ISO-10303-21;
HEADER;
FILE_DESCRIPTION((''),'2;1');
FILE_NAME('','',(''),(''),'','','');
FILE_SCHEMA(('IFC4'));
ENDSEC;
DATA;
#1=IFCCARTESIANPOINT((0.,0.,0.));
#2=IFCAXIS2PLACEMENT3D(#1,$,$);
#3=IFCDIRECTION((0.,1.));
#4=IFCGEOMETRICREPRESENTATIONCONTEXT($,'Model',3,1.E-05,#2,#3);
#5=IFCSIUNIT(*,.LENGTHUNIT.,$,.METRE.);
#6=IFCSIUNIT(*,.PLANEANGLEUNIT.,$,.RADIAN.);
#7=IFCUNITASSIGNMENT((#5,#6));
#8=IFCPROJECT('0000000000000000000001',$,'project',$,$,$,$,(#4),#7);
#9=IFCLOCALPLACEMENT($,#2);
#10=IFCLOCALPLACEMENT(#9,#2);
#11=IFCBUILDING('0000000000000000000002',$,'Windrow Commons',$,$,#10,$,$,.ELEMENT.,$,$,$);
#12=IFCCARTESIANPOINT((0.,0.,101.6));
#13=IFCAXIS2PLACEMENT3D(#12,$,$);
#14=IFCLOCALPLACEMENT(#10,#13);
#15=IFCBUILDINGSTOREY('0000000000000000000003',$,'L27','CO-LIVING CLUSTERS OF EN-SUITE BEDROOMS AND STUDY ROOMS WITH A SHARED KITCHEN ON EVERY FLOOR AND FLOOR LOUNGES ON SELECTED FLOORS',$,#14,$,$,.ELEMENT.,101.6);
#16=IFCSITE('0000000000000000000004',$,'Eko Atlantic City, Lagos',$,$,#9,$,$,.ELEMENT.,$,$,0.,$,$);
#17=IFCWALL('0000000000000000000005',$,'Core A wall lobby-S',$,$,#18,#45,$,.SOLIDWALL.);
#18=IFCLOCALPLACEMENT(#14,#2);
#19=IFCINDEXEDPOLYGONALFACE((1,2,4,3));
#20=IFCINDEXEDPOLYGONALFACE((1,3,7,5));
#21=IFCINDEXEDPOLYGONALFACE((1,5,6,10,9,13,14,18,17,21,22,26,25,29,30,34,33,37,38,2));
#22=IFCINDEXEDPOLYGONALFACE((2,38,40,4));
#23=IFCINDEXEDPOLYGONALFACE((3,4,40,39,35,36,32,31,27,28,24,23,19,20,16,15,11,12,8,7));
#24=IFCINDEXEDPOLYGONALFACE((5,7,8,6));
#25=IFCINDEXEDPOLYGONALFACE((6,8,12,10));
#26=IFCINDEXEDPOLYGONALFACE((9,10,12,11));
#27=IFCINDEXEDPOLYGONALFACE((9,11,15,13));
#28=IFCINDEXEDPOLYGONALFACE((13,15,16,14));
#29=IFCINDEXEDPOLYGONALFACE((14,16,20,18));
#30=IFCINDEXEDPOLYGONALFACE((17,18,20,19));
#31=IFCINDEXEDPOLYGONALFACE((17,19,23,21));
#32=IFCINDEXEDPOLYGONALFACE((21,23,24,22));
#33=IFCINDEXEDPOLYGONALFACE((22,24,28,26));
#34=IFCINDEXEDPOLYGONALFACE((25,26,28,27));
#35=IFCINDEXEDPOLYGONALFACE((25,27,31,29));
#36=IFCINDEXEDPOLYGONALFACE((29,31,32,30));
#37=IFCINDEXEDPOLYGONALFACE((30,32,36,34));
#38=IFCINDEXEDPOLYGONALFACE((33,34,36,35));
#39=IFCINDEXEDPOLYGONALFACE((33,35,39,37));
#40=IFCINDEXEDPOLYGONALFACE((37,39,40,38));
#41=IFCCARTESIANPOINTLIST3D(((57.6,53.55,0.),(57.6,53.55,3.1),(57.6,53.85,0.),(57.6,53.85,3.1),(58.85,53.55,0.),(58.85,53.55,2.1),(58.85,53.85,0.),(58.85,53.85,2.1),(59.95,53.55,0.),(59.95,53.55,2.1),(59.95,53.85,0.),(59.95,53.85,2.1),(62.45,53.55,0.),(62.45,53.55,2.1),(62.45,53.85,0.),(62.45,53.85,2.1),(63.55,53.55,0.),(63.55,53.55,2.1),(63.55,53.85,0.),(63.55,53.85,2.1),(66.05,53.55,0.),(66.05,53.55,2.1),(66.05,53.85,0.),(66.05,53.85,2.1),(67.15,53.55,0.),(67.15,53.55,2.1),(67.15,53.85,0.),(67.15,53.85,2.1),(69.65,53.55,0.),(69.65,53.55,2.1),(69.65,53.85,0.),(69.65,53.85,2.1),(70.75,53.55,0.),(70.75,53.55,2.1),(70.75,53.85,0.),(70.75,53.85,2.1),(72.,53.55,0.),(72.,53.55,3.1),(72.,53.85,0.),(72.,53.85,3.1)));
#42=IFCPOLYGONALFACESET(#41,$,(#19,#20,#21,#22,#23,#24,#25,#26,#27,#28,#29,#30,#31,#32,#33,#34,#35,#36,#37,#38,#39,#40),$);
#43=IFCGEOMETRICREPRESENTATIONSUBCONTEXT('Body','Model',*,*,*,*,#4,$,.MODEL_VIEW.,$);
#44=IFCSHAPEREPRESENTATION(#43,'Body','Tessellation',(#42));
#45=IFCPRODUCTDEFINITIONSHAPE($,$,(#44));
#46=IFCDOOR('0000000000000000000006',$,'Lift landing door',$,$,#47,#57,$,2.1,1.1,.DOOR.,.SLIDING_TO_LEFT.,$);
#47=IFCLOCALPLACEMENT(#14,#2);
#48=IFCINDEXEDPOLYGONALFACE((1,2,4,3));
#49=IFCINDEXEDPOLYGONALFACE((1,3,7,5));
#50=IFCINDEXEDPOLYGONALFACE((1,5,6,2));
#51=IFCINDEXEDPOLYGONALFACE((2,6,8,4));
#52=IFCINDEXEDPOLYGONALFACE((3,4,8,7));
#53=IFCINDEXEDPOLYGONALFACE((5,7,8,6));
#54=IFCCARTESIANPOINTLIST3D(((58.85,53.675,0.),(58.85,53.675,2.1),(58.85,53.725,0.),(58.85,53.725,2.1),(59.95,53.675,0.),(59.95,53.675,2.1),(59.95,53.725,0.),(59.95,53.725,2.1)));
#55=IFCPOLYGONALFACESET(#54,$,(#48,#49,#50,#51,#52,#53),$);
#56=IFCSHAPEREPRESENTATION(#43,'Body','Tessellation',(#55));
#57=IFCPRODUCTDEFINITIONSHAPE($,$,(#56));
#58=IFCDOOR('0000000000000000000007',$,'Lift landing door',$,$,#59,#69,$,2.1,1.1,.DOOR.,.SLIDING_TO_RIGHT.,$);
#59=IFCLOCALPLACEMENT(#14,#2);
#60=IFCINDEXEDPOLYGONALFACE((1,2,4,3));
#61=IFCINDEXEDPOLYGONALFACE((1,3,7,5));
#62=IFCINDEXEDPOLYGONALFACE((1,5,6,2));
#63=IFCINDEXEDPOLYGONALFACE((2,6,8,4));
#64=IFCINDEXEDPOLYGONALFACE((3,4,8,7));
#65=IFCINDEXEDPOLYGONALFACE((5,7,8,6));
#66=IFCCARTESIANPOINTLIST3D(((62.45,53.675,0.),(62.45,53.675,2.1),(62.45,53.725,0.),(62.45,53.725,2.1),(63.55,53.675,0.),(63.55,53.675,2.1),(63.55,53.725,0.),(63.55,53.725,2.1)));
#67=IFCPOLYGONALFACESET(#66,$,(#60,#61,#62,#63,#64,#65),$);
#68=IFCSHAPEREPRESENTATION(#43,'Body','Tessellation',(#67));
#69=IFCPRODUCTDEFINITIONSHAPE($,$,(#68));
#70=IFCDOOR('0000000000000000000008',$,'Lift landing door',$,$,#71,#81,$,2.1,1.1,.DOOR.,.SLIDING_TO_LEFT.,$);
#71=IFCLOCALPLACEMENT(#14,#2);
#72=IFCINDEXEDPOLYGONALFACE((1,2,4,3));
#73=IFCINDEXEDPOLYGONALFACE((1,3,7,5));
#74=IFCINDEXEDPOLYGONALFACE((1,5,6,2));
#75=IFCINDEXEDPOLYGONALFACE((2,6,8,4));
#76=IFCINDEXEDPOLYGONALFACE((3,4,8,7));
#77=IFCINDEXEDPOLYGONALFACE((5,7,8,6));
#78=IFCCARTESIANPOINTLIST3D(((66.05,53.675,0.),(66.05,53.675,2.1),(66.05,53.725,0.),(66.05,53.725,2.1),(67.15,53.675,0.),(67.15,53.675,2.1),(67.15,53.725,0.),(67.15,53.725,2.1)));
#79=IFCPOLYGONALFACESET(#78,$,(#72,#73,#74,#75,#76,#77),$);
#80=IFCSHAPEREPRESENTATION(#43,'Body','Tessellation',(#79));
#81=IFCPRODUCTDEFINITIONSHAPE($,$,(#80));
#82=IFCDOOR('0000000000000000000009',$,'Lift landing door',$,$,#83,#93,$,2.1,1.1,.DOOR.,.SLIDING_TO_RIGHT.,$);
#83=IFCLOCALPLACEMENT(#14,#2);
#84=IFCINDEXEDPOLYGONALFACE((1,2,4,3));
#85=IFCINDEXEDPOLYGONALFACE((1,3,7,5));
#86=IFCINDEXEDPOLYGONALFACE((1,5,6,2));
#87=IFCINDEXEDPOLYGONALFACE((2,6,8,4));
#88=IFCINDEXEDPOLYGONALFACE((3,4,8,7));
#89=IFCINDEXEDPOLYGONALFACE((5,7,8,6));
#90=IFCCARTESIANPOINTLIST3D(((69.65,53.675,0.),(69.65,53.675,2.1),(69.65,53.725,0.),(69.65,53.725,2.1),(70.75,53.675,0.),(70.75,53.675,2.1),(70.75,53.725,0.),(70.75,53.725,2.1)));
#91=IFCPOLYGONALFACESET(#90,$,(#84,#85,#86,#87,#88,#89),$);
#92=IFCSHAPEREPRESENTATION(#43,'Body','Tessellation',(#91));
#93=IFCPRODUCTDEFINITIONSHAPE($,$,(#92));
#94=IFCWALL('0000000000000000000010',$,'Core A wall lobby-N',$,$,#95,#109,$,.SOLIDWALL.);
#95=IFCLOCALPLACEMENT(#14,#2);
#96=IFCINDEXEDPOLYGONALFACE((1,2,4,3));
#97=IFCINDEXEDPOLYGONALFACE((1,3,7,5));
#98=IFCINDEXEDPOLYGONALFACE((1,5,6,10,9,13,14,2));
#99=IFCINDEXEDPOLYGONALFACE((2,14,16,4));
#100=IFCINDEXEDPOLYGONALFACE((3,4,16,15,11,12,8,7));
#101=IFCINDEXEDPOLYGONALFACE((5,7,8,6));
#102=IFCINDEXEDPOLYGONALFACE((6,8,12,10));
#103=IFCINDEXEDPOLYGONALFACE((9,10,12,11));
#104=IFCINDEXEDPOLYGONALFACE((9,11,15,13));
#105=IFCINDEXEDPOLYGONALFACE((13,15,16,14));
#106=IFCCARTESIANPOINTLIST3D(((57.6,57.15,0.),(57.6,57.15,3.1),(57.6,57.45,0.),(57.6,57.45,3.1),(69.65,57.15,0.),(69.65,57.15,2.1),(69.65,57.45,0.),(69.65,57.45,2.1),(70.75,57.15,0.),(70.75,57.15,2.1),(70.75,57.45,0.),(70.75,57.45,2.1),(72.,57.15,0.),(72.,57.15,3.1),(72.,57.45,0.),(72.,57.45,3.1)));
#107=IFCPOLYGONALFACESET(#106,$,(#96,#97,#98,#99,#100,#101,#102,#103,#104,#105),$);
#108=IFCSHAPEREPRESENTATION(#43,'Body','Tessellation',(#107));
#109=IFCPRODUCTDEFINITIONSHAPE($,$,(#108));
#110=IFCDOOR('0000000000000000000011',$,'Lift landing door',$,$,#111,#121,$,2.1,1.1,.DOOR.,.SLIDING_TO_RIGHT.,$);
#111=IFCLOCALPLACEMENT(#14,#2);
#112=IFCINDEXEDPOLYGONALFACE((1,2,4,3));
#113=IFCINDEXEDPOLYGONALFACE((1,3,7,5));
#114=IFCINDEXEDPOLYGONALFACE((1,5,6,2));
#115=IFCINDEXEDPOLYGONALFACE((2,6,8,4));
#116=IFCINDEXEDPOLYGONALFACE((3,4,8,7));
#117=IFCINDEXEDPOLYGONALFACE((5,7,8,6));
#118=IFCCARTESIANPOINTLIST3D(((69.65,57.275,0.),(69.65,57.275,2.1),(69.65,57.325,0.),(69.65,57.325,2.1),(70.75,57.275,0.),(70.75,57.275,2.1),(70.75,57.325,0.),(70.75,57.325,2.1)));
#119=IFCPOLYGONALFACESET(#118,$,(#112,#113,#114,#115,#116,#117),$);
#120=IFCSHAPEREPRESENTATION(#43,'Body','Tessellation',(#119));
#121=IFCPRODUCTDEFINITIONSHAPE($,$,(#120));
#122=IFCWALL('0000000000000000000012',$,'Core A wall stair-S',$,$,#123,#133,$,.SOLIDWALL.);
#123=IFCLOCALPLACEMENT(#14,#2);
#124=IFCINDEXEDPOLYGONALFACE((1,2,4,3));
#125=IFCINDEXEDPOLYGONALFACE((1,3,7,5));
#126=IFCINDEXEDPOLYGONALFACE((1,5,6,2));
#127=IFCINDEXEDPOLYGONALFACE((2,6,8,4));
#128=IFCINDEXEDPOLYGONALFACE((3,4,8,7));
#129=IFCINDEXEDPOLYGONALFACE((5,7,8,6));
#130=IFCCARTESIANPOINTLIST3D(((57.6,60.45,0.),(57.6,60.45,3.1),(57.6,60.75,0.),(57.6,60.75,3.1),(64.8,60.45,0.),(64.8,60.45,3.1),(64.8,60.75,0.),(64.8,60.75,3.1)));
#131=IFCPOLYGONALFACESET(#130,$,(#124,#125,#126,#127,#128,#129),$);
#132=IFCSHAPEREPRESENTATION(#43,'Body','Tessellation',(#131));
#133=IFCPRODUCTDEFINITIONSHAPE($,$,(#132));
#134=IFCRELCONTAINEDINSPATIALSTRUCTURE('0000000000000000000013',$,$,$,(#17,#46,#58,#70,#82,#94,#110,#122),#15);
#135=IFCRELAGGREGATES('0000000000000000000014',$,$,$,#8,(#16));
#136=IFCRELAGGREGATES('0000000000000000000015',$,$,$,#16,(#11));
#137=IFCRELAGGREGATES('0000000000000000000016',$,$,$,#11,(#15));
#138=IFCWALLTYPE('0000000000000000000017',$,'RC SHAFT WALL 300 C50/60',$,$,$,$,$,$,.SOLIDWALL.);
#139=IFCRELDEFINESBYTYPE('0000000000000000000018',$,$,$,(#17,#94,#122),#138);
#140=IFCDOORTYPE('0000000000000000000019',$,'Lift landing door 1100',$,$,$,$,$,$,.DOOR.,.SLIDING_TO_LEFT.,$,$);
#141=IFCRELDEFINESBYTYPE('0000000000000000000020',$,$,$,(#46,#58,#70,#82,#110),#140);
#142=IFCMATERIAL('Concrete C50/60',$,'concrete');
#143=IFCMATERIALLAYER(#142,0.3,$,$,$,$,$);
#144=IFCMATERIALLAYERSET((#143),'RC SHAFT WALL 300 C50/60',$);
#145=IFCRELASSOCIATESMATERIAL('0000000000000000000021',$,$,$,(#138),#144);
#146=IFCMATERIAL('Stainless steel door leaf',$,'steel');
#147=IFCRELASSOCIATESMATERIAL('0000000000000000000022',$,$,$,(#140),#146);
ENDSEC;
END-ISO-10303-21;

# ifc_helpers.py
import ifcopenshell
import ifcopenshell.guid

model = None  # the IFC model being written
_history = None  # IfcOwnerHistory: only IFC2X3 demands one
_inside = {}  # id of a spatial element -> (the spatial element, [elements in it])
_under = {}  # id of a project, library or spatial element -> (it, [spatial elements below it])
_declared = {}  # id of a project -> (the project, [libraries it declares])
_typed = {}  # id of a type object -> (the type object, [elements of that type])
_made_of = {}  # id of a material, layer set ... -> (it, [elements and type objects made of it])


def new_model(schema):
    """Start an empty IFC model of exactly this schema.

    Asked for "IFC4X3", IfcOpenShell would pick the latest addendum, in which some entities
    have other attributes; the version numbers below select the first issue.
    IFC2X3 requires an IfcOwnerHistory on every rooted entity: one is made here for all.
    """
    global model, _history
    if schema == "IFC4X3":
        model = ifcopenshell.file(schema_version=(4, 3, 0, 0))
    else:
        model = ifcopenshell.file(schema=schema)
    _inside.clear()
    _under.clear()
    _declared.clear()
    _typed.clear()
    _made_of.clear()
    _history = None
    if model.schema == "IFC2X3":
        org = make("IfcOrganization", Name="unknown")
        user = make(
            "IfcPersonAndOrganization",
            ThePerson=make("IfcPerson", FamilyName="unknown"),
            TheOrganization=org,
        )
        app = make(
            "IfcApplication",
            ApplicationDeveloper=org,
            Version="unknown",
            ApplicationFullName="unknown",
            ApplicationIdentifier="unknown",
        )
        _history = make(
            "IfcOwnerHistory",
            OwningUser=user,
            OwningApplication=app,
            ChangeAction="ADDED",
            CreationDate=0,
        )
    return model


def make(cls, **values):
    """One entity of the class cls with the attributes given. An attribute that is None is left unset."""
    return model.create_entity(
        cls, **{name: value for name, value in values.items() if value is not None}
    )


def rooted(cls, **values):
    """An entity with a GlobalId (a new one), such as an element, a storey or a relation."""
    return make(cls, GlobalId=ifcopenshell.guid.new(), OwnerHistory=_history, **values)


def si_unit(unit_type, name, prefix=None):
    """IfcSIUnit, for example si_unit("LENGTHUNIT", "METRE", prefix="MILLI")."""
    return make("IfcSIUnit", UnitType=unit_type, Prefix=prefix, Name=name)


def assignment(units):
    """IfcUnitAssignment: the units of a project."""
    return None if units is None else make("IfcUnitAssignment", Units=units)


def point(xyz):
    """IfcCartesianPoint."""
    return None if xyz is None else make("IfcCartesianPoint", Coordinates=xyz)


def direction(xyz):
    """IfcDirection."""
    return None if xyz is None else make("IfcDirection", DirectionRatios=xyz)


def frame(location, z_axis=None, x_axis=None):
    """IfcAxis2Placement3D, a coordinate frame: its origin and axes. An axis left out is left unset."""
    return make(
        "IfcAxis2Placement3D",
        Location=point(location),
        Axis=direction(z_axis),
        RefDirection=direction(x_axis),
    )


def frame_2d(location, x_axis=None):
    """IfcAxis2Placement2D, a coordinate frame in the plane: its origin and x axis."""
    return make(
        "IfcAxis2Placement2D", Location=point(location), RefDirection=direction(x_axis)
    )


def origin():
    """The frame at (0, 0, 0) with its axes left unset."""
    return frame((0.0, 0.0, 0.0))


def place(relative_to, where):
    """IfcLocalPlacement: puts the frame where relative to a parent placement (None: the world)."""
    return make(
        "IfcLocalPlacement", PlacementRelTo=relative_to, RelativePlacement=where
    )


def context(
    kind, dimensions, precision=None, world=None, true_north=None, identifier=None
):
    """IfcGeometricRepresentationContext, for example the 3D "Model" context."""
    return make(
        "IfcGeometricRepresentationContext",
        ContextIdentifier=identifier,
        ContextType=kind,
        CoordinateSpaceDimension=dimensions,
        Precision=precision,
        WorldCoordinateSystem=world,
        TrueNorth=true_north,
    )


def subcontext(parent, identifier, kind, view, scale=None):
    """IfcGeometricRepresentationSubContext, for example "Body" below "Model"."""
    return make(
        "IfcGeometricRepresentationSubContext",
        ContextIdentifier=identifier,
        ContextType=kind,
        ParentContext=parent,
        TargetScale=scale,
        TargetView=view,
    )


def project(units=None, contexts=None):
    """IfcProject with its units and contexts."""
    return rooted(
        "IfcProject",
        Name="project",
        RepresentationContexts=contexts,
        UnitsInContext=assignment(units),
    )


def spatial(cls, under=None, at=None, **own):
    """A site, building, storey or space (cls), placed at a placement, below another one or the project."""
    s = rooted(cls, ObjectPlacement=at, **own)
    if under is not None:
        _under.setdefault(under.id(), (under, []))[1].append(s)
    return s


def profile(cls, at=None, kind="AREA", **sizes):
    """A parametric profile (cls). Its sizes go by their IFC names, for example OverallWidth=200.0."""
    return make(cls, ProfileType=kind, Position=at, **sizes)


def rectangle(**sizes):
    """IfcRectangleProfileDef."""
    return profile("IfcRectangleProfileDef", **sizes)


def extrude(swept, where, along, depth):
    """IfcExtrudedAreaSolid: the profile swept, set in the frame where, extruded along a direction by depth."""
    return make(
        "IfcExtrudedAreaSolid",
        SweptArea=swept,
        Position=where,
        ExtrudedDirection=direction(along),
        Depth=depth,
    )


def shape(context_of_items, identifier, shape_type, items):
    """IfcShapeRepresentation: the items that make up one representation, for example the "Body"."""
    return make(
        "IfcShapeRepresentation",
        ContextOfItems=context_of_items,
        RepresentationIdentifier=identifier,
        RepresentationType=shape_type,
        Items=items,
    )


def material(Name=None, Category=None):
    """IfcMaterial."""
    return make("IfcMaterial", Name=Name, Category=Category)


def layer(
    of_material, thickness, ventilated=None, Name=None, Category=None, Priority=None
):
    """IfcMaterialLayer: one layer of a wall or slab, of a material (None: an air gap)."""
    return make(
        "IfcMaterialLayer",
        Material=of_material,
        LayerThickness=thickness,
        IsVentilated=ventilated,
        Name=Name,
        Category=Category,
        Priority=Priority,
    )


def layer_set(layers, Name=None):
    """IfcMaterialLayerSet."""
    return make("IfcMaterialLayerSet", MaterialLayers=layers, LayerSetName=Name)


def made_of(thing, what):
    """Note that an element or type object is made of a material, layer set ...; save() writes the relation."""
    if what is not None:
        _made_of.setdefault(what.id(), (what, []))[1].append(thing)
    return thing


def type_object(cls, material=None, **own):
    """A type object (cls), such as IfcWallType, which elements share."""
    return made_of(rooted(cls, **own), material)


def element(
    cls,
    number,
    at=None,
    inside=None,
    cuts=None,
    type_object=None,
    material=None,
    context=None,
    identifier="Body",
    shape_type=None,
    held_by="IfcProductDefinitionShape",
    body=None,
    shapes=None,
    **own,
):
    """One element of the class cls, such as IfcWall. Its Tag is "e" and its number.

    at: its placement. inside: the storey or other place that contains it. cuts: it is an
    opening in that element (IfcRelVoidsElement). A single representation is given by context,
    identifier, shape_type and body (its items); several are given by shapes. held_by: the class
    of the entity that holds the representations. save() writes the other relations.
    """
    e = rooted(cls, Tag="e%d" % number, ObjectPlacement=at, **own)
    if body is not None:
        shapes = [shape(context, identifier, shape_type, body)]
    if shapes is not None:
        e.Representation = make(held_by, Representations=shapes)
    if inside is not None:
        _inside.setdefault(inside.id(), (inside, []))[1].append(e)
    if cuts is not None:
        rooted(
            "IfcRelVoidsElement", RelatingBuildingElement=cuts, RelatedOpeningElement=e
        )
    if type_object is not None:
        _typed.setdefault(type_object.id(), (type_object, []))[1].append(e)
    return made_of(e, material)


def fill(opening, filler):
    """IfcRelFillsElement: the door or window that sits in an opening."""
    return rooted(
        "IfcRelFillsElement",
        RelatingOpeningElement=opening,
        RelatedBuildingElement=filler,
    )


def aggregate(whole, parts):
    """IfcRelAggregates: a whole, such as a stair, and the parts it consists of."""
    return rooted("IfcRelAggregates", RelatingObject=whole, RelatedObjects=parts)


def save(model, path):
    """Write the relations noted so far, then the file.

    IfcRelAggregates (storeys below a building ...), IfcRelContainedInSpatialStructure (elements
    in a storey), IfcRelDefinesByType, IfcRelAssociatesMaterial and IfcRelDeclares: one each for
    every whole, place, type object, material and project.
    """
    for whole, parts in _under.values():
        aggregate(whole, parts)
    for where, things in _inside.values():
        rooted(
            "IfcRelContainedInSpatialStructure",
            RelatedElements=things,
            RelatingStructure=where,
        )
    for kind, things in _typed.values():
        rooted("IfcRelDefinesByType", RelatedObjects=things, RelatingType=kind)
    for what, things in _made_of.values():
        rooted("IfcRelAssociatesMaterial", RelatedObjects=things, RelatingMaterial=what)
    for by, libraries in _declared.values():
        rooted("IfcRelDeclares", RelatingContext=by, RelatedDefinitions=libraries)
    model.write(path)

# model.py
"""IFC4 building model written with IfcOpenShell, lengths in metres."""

from ifc_helpers import new_model, si_unit, direction, frame, frame_2d, origin, place, context, subcontext, project, spatial, rectangle, extrude, material, layer, layer_set, type_object, element, fill, save


model = new_model("IFC4")

# Units and contexts
model_context = context("Model", 3, precision=1e-05, world=origin(), true_north=direction((0.0, 1.0)))
body_context = subcontext(model_context, "Body", "Model", "MODEL_VIEW")
ifc_project = project(units=[si_unit("LENGTHUNIT", "METRE"), si_unit("PLANEANGLEUNIT", "RADIAN")], contexts=[model_context])

# Site, building, storey
site_placement = place(None, origin())
site = spatial("IfcSite", under=ifc_project, at=site_placement, Name="Eko Atlantic City, Lagos", CompositionType="ELEMENT", RefElevation=0.0)
building_placement = place(site_placement, origin())
building = spatial("IfcBuilding", under=site, at=building_placement, Name="Windrow Commons", CompositionType="ELEMENT")
storey_placement = place(building_placement, frame((0.0, 0.0, 101.6)))
storey = spatial("IfcBuildingStorey", under=building, at=storey_placement, Name="L27", Description="CO-LIVING CLUSTERS OF EN-SUITE BEDROOMS AND STUDY ROOMS WITH A SHARED KITCHEN ON EVERY FLOOR AND FLOOR LOUNGES ON SELECTED FLOORS", CompositionType="ELEMENT", Elevation=101.6)

# Wall, openings, doors
ifc_material_1 = material(Name="Concrete C50/60", Category="concrete")
ifc_layer_1 = layer(ifc_material_1, 0.3)
ifc_layer_set_1 = layer_set([ifc_layer_1], Name="RC SHAFT WALL 300 C50/60")
wall_type_1 = type_object("IfcWallType", Name="RC SHAFT WALL 300 C50/60", PredefinedType="SOLIDWALL", material=ifc_layer_set_1)
wall_1_placement = place(storey_placement, frame((57.6, 53.7, 0.0), z_axis=(0.0, 0.0, 1.0), x_axis=(1.0, 0.0, 0.0)))
wall_1 = element("IfcWall", 1, at=wall_1_placement, inside=storey, type_object=wall_type_1, Name="Core A wall lobby-S", PredefinedType="SOLIDWALL", context=body_context, shape_type="SweptSolid", body=[
    extrude(rectangle(XDim=14.4, YDim=0.3, at=frame_2d((7.2, 0.0))), origin(), (0.0, 0.0, 1.0), 3.1),
])
opening_1_placement = place(wall_1_placement, frame((1.25, 0.0, 0.0)))
opening_1 = element("IfcOpeningElement", 2, at=opening_1_placement, cuts=wall_1, PredefinedType="OPENING", context=body_context, shape_type="SweptSolid", body=[
    extrude(rectangle(XDim=1.1, YDim=2.1, at=frame_2d((0.55, 1.05))), frame((0.0, 0.16, 0.0), z_axis=(0.0, -1.0, 0.0), x_axis=(1.0, 0.0, 0.0)), (0.0, 0.0, 1.0), 0.32),
])
opening_2_placement = place(wall_1_placement, frame((4.85, 0.0, 0.0)))
opening_2 = element("IfcOpeningElement", 3, at=opening_2_placement, cuts=wall_1, PredefinedType="OPENING", context=body_context, shape_type="SweptSolid", body=[
    extrude(rectangle(XDim=1.1, YDim=2.1, at=frame_2d((0.55, 1.05))), frame((0.0, 0.16, 0.0), z_axis=(0.0, -1.0, 0.0), x_axis=(1.0, 0.0, 0.0)), (0.0, 0.0, 1.0), 0.32),
])
opening_3_placement = place(wall_1_placement, frame((8.45, 0.0, 0.0)))
opening_3 = element("IfcOpeningElement", 4, at=opening_3_placement, cuts=wall_1, PredefinedType="OPENING", context=body_context, shape_type="SweptSolid", body=[
    extrude(rectangle(XDim=1.1, YDim=2.1, at=frame_2d((0.55, 1.05))), frame((0.0, 0.16, 0.0), z_axis=(0.0, -1.0, 0.0), x_axis=(1.0, 0.0, 0.0)), (0.0, 0.0, 1.0), 0.32),
])
opening_4_placement = place(wall_1_placement, frame((12.05, 0.0, 0.0)))
opening_4 = element("IfcOpeningElement", 5, at=opening_4_placement, cuts=wall_1, PredefinedType="OPENING", context=body_context, shape_type="SweptSolid", body=[
    extrude(rectangle(XDim=1.1, YDim=2.1, at=frame_2d((0.55, 1.05))), frame((0.0, 0.16, 0.0), z_axis=(0.0, -1.0, 0.0), x_axis=(1.0, 0.0, 0.0)), (0.0, 0.0, 1.0), 0.32),
])
ifc_material_2 = material(Name="Stainless steel door leaf", Category="steel")
door_type_1 = type_object("IfcDoorType", Name="Lift landing door 1100", OperationType="SLIDING_TO_LEFT", PredefinedType="DOOR", material=ifc_material_2)
door_1_placement = place(opening_1_placement, origin())
door_1 = element("IfcDoor", 6, at=door_1_placement, inside=storey, type_object=door_type_1, Name="Lift landing door", OperationType="SLIDING_TO_LEFT", OverallHeight=2.1, OverallWidth=1.1, PredefinedType="DOOR", context=body_context, shape_type="SweptSolid", body=[
    extrude(rectangle(XDim=1.1, YDim=2.1, at=frame_2d((0.55, 1.05))), frame((0.0, 0.025, 0.0), z_axis=(0.0, -1.0, 0.0), x_axis=(1.0, 0.0, 0.0)), (0.0, 0.0, 1.0), 0.05),
])
fill(opening_1, door_1)
door_2_placement = place(opening_2_placement, origin())
door_2 = element("IfcDoor", 7, at=door_2_placement, inside=storey, type_object=door_type_1, Name="Lift landing door", OperationType="SLIDING_TO_RIGHT", OverallHeight=2.1, OverallWidth=1.1, PredefinedType="DOOR", context=body_context, shape_type="SweptSolid", body=[
    extrude(rectangle(XDim=1.1, YDim=2.1, at=frame_2d((0.55, 1.05))), frame((0.0, 0.025, 0.0), z_axis=(0.0, -1.0, 0.0), x_axis=(1.0, 0.0, 0.0)), (0.0, 0.0, 1.0), 0.05),
])
fill(opening_2, door_2)
door_3_placement = place(opening_3_placement, origin())
door_3 = element("IfcDoor", 8, at=door_3_placement, inside=storey, type_object=door_type_1, Name="Lift landing door", OperationType="SLIDING_TO_LEFT", OverallHeight=2.1, OverallWidth=1.1, PredefinedType="DOOR", context=body_context, shape_type="SweptSolid", body=[
    extrude(rectangle(XDim=1.1, YDim=2.1, at=frame_2d((0.55, 1.05))), frame((0.0, 0.025, 0.0), z_axis=(0.0, -1.0, 0.0), x_axis=(1.0, 0.0, 0.0)), (0.0, 0.0, 1.0), 0.05),
])
fill(opening_3, door_3)
door_4_placement = place(opening_4_placement, origin())
door_4 = element("IfcDoor", 9, at=door_4_placement, inside=storey, type_object=door_type_1, Name="Lift landing door", OperationType="SLIDING_TO_RIGHT", OverallHeight=2.1, OverallWidth=1.1, PredefinedType="DOOR", context=body_context, shape_type="SweptSolid", body=[
    extrude(rectangle(XDim=1.1, YDim=2.1, at=frame_2d((0.55, 1.05))), frame((0.0, 0.025, 0.0), z_axis=(0.0, -1.0, 0.0), x_axis=(1.0, 0.0, 0.0)), (0.0, 0.0, 1.0), 0.05),
])
fill(opening_4, door_4)

# Wall, opening, door
wall_2_placement = place(storey_placement, frame((57.6, 57.3, 0.0), z_axis=(0.0, 0.0, 1.0), x_axis=(1.0, 0.0, 0.0)))
wall_2 = element("IfcWall", 10, at=wall_2_placement, inside=storey, type_object=wall_type_1, Name="Core A wall lobby-N", PredefinedType="SOLIDWALL", context=body_context, shape_type="SweptSolid", body=[
    extrude(rectangle(XDim=14.4, YDim=0.3, at=frame_2d((7.2, 0.0))), origin(), (0.0, 0.0, 1.0), 3.1),
])
opening_5_placement = place(wall_2_placement, frame((12.05, 0.0, 0.0)))
opening_5 = element("IfcOpeningElement", 11, at=opening_5_placement, cuts=wall_2, PredefinedType="OPENING", context=body_context, shape_type="SweptSolid", body=[
    extrude(rectangle(XDim=1.1, YDim=2.1, at=frame_2d((0.55, 1.05))), frame((0.0, 0.16, 0.0), z_axis=(0.0, -1.0, 0.0), x_axis=(1.0, 0.0, 0.0)), (0.0, 0.0, 1.0), 0.32),
])
door_5_placement = place(opening_5_placement, origin())
door_5 = element("IfcDoor", 12, at=door_5_placement, inside=storey, type_object=door_type_1, Name="Lift landing door", OperationType="SLIDING_TO_RIGHT", OverallHeight=2.1, OverallWidth=1.1, PredefinedType="DOOR", context=body_context, shape_type="SweptSolid", body=[
    extrude(rectangle(XDim=1.1, YDim=2.1, at=frame_2d((0.55, 1.05))), frame((0.0, 0.025, 0.0), z_axis=(0.0, -1.0, 0.0), x_axis=(1.0, 0.0, 0.0)), (0.0, 0.0, 1.0), 0.05),
])
fill(opening_5, door_5)

# Wall
wall_3_placement = place(storey_placement, frame((57.6, 60.6, 0.0), z_axis=(0.0, 0.0, 1.0), x_axis=(1.0, 0.0, 0.0)))
element("IfcWall", 13, at=wall_3_placement, inside=storey, type_object=wall_type_1, Name="Core A wall stair-S", PredefinedType="SOLIDWALL", context=body_context, shape_type="SweptSolid", body=[
    extrude(rectangle(XDim=7.2, YDim=0.3, at=frame_2d((3.6, 0.0))), origin(), (0.0, 0.0, 1.0), 3.1),
])

save(model, "model.ifc")
